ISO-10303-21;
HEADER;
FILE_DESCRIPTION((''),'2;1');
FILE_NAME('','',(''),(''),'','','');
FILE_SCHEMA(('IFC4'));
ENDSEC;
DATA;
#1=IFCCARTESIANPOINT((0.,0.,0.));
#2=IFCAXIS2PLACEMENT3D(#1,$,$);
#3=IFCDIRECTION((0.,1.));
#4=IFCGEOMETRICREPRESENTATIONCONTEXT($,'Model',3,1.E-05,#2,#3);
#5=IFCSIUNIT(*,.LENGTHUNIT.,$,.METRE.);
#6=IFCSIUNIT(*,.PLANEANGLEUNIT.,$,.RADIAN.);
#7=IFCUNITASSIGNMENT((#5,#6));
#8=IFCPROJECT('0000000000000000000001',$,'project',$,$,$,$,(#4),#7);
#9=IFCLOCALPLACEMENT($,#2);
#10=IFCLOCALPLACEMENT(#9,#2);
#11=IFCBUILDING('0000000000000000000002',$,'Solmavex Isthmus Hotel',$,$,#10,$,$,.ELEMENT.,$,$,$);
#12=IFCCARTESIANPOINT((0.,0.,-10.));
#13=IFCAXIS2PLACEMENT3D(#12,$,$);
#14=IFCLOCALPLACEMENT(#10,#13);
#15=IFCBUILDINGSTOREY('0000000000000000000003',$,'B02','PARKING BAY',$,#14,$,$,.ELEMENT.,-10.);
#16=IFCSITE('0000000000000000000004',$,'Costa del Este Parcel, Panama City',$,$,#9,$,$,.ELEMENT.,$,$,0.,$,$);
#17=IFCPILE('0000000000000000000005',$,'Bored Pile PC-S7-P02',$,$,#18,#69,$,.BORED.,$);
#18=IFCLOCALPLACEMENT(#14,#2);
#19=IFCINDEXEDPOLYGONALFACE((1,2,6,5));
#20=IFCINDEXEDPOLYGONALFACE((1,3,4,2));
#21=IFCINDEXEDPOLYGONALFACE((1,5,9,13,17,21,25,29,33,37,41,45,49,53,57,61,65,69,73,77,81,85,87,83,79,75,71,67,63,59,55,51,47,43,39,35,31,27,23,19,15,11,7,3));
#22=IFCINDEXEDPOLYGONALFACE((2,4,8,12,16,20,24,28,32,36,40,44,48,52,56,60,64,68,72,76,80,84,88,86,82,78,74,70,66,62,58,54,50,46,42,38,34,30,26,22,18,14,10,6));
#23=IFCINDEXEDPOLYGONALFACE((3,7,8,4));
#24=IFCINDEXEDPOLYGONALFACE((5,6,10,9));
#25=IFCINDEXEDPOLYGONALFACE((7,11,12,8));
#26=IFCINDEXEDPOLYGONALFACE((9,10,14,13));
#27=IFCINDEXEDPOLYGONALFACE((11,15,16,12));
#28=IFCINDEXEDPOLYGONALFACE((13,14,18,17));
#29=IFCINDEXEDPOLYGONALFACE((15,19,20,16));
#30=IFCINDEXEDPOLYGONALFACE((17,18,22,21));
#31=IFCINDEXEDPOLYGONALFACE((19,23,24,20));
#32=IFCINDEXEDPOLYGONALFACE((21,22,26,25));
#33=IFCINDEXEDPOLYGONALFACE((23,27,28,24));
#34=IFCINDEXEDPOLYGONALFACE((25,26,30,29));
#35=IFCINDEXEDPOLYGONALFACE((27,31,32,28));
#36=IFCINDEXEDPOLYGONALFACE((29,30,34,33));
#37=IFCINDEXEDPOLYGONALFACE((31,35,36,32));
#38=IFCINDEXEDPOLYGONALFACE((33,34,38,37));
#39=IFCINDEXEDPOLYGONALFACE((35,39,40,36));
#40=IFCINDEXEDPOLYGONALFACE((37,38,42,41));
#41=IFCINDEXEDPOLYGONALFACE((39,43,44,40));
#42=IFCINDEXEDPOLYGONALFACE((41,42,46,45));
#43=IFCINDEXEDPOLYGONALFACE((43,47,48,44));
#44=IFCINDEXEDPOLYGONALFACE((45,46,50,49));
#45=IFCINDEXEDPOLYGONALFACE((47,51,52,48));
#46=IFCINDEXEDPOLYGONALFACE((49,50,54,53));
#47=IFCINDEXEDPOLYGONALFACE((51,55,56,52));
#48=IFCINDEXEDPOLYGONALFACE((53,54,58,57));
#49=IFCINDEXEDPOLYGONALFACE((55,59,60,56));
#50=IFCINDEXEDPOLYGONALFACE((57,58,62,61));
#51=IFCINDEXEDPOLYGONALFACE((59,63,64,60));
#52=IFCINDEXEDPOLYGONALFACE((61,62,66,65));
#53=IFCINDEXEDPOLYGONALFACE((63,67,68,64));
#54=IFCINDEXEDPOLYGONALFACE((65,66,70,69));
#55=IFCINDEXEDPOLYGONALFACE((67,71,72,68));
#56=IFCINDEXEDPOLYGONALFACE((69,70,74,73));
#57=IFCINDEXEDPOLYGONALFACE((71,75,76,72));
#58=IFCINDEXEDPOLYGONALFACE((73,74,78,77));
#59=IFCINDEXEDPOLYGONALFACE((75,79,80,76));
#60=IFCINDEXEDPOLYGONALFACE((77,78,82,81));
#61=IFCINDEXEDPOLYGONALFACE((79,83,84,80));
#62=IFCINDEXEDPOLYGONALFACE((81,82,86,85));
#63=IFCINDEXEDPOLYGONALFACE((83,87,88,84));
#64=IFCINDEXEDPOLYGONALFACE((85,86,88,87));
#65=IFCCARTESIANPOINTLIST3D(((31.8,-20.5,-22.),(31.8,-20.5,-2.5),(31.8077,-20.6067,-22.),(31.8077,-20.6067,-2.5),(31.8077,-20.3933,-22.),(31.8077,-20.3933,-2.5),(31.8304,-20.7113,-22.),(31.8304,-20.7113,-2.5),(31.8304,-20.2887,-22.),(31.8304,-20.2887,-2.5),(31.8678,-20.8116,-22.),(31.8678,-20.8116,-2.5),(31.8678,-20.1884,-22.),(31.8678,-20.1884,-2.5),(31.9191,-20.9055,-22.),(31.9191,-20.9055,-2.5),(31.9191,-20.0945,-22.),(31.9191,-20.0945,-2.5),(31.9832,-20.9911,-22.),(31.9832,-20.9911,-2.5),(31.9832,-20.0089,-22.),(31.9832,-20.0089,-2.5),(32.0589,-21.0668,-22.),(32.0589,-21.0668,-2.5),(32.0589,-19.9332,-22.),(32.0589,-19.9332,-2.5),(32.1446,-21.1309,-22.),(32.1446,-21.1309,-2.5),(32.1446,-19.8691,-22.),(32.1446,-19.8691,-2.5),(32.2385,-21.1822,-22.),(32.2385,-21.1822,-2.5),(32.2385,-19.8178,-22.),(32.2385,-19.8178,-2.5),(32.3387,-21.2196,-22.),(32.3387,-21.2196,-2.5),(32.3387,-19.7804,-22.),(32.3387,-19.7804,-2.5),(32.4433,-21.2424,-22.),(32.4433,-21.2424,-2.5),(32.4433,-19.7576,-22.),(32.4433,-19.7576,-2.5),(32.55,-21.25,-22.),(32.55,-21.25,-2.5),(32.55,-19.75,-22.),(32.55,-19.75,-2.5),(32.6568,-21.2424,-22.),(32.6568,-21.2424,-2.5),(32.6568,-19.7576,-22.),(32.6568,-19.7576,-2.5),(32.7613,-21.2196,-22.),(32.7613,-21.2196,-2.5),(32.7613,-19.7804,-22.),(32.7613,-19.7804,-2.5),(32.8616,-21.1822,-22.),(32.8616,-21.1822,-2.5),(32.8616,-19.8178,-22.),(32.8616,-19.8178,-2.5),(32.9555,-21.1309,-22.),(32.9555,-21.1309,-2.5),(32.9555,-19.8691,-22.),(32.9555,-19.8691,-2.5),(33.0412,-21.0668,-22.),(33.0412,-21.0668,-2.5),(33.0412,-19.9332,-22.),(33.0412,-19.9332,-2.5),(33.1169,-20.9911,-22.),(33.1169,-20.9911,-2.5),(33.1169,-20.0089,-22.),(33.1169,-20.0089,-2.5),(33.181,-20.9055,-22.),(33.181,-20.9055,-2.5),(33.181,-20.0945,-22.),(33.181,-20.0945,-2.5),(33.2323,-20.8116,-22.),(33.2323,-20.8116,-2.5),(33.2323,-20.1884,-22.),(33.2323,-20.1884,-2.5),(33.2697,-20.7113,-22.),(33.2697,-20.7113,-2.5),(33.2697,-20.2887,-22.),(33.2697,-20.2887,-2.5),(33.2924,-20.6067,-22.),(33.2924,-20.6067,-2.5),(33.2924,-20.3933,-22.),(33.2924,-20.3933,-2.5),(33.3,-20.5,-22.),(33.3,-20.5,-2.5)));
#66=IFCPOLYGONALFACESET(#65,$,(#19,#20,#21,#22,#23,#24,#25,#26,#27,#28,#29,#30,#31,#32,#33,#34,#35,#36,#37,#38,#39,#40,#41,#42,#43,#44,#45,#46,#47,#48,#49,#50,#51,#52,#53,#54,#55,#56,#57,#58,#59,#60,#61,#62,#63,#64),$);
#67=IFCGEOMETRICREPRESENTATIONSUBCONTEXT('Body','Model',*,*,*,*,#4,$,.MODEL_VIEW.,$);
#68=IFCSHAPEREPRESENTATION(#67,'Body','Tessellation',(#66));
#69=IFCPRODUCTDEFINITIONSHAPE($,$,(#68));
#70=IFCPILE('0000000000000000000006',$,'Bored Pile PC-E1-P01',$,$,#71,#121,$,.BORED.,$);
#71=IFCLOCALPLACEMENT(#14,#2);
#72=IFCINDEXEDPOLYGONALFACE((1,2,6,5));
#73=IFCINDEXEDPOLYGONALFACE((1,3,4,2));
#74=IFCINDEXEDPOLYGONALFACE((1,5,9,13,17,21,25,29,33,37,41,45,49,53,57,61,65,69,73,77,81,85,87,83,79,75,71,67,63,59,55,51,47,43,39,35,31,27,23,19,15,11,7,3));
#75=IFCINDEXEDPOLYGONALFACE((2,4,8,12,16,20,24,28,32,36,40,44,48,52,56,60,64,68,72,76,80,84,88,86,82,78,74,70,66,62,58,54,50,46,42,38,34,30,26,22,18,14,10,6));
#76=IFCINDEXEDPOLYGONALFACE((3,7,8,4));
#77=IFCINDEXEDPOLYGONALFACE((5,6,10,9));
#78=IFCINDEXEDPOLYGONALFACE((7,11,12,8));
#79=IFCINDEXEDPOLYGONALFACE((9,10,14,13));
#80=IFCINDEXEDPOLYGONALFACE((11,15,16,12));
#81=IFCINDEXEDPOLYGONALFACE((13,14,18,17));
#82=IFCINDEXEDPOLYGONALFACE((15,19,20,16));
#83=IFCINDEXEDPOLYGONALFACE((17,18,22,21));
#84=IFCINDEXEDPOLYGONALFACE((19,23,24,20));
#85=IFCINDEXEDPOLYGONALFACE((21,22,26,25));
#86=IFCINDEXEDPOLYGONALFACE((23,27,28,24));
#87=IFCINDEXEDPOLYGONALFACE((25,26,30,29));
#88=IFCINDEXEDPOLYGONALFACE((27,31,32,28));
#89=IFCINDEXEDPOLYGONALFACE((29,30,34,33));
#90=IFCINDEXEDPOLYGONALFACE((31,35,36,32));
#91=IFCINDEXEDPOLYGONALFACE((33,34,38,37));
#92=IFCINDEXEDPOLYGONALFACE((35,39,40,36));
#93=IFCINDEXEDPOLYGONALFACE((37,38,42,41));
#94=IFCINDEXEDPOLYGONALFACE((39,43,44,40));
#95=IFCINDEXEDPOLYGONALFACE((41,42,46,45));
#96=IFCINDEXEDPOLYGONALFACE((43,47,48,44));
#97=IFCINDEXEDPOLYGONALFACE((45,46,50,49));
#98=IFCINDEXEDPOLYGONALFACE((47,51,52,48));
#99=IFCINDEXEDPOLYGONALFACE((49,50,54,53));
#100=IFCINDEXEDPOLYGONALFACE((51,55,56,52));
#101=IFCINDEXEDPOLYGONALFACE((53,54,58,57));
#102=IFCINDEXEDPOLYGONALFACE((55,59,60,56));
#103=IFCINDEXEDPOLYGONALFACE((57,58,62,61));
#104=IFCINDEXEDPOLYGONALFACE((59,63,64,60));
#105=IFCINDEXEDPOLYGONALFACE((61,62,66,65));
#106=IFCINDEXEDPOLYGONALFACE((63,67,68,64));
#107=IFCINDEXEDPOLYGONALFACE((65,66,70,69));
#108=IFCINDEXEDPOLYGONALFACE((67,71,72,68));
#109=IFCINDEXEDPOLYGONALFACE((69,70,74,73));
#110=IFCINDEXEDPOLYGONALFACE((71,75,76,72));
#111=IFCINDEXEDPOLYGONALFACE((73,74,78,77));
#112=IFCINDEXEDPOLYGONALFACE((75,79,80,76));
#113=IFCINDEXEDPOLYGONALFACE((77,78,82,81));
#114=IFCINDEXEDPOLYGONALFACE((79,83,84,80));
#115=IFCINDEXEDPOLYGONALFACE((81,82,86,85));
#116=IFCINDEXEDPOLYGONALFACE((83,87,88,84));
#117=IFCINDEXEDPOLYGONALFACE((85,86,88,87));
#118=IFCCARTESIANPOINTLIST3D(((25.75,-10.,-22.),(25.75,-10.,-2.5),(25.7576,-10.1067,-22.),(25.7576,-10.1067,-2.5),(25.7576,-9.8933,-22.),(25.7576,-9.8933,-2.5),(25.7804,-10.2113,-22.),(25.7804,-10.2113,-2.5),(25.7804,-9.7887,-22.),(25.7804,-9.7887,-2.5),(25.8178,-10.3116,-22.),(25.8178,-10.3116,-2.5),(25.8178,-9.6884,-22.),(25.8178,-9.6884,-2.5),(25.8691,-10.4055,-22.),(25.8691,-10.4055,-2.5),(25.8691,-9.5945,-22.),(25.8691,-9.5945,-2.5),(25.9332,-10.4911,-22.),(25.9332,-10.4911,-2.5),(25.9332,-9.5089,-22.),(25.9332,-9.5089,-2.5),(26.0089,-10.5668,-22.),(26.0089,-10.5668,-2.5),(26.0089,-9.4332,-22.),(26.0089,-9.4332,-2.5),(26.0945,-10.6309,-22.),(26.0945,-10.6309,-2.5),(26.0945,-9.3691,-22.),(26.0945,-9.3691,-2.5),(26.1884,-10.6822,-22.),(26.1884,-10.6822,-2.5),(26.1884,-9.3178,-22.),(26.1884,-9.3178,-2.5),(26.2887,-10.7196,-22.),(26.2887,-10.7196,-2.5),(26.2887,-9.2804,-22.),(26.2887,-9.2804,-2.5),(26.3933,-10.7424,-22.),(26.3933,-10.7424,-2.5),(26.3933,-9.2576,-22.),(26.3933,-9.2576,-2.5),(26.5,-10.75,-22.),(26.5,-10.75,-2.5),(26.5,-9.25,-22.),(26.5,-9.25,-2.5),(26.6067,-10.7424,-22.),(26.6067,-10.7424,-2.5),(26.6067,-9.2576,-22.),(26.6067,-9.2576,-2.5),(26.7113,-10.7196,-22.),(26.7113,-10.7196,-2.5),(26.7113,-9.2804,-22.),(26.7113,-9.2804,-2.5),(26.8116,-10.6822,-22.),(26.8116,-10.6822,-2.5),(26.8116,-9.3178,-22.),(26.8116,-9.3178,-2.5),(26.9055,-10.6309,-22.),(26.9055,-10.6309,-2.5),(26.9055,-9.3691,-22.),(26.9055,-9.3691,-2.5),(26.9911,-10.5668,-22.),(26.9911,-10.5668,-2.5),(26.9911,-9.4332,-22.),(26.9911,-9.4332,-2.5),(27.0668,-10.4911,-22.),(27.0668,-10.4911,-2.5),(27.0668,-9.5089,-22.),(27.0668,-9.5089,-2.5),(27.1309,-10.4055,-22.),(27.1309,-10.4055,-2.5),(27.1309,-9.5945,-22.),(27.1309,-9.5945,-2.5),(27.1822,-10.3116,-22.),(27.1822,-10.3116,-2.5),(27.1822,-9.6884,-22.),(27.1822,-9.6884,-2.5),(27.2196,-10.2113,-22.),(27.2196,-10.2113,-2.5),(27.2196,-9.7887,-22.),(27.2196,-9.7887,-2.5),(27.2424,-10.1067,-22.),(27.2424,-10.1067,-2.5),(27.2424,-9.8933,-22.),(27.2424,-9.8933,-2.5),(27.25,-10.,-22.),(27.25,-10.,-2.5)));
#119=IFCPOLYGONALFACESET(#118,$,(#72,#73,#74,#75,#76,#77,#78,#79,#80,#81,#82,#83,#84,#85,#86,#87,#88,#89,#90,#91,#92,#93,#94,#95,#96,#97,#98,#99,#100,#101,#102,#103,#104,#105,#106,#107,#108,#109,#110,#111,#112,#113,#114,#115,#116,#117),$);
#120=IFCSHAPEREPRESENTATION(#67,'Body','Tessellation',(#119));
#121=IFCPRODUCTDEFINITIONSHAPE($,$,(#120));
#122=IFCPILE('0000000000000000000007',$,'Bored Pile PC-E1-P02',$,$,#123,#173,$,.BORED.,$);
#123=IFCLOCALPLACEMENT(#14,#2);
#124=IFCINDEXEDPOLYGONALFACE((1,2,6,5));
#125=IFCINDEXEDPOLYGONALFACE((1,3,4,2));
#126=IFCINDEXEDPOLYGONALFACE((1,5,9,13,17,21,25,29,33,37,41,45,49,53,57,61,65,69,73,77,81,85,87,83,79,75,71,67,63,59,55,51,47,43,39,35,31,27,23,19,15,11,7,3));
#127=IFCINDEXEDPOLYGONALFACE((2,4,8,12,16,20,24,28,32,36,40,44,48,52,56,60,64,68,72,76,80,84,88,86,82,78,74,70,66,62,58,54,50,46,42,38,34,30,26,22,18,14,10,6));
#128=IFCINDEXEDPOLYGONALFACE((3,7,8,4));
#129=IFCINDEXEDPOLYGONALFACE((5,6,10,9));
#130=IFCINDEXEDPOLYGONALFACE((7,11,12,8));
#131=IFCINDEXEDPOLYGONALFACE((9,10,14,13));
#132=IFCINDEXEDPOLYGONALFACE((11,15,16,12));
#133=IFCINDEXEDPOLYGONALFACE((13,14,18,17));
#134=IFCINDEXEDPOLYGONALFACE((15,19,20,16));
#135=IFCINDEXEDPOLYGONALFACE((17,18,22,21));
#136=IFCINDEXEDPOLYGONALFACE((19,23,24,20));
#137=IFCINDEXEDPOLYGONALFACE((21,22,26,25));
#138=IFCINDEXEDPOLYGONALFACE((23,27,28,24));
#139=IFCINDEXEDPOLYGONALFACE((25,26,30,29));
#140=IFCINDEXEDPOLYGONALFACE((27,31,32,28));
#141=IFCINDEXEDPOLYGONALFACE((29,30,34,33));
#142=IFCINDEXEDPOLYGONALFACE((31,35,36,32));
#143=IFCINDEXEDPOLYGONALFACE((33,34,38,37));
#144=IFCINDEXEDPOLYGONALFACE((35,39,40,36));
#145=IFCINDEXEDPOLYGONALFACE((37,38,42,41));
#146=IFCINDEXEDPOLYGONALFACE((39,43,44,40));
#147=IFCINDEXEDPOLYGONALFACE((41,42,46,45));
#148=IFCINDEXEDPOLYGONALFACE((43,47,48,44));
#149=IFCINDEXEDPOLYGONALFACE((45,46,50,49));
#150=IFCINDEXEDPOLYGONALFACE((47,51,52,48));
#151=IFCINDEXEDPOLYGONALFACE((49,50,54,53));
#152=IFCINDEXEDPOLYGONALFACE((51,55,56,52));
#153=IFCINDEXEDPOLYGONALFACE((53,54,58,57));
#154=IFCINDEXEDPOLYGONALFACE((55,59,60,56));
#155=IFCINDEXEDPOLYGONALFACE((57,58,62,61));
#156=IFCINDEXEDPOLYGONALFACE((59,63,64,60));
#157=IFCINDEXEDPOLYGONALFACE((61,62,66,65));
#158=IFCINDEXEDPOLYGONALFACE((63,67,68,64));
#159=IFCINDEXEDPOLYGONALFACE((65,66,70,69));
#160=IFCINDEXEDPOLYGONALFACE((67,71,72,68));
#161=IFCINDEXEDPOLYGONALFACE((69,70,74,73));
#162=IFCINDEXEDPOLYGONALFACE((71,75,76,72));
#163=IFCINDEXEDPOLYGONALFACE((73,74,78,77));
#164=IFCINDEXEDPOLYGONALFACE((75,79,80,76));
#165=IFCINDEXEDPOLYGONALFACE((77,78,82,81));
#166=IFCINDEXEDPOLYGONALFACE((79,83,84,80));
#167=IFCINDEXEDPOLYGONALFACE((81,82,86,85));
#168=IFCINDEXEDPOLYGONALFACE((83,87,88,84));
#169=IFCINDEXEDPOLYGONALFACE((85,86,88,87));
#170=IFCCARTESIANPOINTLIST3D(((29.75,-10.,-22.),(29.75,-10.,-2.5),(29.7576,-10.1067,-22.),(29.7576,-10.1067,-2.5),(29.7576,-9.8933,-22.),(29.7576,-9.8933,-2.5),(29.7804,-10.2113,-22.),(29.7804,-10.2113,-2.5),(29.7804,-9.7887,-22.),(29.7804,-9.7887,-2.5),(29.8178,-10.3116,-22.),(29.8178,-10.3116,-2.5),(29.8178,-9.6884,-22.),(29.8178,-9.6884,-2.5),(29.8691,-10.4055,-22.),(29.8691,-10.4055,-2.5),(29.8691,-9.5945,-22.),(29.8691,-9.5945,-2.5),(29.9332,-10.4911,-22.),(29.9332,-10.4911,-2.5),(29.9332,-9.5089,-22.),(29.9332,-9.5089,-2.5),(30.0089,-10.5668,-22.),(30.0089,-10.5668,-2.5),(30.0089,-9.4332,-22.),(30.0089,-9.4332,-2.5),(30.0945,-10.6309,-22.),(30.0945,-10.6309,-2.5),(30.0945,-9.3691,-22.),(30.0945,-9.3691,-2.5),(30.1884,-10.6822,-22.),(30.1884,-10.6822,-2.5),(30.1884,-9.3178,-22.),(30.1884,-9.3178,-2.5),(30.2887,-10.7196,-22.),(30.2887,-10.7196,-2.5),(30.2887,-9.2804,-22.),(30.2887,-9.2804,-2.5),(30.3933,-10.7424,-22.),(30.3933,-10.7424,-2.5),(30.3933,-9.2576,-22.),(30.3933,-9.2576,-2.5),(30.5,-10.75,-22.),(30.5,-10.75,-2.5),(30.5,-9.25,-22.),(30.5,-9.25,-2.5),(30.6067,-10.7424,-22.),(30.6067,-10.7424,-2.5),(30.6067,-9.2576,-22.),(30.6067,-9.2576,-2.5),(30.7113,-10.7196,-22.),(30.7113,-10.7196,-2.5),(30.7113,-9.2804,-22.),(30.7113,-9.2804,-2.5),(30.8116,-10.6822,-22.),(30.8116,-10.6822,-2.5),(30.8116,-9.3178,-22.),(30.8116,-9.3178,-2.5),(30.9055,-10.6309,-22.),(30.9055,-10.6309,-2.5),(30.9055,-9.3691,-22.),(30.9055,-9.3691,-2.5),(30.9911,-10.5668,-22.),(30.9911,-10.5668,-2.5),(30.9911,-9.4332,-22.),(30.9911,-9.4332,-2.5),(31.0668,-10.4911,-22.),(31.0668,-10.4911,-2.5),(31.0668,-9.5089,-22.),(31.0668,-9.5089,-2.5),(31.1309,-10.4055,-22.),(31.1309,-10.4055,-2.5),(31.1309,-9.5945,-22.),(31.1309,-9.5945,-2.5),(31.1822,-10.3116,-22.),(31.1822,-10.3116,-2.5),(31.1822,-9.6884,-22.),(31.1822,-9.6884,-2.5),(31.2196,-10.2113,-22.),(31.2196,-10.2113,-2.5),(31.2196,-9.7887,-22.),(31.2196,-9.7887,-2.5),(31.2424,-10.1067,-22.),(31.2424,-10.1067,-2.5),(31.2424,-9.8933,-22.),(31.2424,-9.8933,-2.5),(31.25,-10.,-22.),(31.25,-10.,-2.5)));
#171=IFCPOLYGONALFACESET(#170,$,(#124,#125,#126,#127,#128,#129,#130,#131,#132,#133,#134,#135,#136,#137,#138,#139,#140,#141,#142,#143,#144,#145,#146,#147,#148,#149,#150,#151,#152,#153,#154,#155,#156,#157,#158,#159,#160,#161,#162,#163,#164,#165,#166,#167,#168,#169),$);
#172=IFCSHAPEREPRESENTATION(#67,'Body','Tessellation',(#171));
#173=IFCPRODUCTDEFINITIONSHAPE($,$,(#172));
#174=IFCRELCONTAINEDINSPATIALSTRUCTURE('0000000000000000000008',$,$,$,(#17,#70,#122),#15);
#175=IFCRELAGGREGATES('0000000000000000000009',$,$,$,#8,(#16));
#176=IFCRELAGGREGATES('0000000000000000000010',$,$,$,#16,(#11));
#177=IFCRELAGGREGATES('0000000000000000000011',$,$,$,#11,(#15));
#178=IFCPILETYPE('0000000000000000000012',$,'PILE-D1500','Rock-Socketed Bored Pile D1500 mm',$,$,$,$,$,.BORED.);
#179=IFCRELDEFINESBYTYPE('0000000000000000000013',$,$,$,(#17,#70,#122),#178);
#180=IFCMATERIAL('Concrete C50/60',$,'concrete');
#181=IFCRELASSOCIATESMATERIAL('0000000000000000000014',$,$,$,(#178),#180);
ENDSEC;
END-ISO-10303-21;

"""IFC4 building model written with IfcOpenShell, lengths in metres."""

from ifc_helpers import new_model, si_unit, direction, frame, origin, origin_2d, place, context, subcontext, project, spatial, circle, extrude, material, material_profile, profile_set, type_object, element, save


model = new_model("IFC4")

# Units and contexts
model_context = context("Model", 3, precision=1e-05, world=origin(), true_north=direction((0.0, 1.0)))
body_context = subcontext(model_context, "Body", "Model", "MODEL_VIEW")
ifc_project = project(units=[si_unit("LENGTHUNIT", "METRE"), si_unit("PLANEANGLEUNIT", "RADIAN")], contexts=[model_context])

# Site, building, storey
site_placement = place(None, origin())
site = spatial("IfcSite", under=ifc_project, at=site_placement, Name="Costa del Este Parcel, Panama City", CompositionType="ELEMENT", RefElevation=0.0)
building_placement = place(site_placement, origin())
building = spatial("IfcBuilding", under=site, at=building_placement, Name="Solmavex Isthmus Hotel", CompositionType="ELEMENT")
storey_placement = place(building_placement, frame((0.0, 0.0, -10.0)))
storey = spatial("IfcBuildingStorey", under=building, at=storey_placement, Name="B02", Description="PARKING BAY", CompositionType="ELEMENT", Elevation=-10.0)

# Shared definitions
ifc_material_1 = material(Name="Concrete C50/60", Category="concrete")

# Piles
ifc_material_profile_1 = material_profile(ifc_material_1, circle(Radius=0.75, at=origin_2d()), Name="PILE1500")
ifc_profile_set_1 = profile_set([ifc_material_profile_1], Name="Concrete C50/60")
pile_type = type_object("IfcPileType", Name="PILE-D1500", Description="Rock-Socketed Bored Pile D1500 mm", PredefinedType="BORED", material=ifc_profile_set_1)
for number, where, z_axis, x_axis, name in (
    (1, (32.55, -20.5, -2.5), (0.0, 0.0, -1.0), (1.0, 0.0, 0.0), "Bored Pile PC-S7-P02"),
    (2, (26.5, -10.0, -2.5), (0.0, 0.0, -1.0), (1.0, 0.0, 0.0), "Bored Pile PC-E1-P01"),
    (3, (30.5, -10.0, -2.5), (0.0, 0.0, -1.0), (1.0, 0.0, 0.0), "Bored Pile PC-E1-P02"),
):
    element("IfcPile", number, at=place(storey_placement, frame(where, z_axis=z_axis, x_axis=x_axis)), inside=storey, type_object=pile_type, Name=name, PredefinedType="BORED", context=body_context, shape_type="SweptSolid", body=[
        extrude(circle(Radius=0.75, at=origin_2d()), origin(), (0.0, 0.0, 1.0), 19.5),
    ])

save(model, "model.ifc")
